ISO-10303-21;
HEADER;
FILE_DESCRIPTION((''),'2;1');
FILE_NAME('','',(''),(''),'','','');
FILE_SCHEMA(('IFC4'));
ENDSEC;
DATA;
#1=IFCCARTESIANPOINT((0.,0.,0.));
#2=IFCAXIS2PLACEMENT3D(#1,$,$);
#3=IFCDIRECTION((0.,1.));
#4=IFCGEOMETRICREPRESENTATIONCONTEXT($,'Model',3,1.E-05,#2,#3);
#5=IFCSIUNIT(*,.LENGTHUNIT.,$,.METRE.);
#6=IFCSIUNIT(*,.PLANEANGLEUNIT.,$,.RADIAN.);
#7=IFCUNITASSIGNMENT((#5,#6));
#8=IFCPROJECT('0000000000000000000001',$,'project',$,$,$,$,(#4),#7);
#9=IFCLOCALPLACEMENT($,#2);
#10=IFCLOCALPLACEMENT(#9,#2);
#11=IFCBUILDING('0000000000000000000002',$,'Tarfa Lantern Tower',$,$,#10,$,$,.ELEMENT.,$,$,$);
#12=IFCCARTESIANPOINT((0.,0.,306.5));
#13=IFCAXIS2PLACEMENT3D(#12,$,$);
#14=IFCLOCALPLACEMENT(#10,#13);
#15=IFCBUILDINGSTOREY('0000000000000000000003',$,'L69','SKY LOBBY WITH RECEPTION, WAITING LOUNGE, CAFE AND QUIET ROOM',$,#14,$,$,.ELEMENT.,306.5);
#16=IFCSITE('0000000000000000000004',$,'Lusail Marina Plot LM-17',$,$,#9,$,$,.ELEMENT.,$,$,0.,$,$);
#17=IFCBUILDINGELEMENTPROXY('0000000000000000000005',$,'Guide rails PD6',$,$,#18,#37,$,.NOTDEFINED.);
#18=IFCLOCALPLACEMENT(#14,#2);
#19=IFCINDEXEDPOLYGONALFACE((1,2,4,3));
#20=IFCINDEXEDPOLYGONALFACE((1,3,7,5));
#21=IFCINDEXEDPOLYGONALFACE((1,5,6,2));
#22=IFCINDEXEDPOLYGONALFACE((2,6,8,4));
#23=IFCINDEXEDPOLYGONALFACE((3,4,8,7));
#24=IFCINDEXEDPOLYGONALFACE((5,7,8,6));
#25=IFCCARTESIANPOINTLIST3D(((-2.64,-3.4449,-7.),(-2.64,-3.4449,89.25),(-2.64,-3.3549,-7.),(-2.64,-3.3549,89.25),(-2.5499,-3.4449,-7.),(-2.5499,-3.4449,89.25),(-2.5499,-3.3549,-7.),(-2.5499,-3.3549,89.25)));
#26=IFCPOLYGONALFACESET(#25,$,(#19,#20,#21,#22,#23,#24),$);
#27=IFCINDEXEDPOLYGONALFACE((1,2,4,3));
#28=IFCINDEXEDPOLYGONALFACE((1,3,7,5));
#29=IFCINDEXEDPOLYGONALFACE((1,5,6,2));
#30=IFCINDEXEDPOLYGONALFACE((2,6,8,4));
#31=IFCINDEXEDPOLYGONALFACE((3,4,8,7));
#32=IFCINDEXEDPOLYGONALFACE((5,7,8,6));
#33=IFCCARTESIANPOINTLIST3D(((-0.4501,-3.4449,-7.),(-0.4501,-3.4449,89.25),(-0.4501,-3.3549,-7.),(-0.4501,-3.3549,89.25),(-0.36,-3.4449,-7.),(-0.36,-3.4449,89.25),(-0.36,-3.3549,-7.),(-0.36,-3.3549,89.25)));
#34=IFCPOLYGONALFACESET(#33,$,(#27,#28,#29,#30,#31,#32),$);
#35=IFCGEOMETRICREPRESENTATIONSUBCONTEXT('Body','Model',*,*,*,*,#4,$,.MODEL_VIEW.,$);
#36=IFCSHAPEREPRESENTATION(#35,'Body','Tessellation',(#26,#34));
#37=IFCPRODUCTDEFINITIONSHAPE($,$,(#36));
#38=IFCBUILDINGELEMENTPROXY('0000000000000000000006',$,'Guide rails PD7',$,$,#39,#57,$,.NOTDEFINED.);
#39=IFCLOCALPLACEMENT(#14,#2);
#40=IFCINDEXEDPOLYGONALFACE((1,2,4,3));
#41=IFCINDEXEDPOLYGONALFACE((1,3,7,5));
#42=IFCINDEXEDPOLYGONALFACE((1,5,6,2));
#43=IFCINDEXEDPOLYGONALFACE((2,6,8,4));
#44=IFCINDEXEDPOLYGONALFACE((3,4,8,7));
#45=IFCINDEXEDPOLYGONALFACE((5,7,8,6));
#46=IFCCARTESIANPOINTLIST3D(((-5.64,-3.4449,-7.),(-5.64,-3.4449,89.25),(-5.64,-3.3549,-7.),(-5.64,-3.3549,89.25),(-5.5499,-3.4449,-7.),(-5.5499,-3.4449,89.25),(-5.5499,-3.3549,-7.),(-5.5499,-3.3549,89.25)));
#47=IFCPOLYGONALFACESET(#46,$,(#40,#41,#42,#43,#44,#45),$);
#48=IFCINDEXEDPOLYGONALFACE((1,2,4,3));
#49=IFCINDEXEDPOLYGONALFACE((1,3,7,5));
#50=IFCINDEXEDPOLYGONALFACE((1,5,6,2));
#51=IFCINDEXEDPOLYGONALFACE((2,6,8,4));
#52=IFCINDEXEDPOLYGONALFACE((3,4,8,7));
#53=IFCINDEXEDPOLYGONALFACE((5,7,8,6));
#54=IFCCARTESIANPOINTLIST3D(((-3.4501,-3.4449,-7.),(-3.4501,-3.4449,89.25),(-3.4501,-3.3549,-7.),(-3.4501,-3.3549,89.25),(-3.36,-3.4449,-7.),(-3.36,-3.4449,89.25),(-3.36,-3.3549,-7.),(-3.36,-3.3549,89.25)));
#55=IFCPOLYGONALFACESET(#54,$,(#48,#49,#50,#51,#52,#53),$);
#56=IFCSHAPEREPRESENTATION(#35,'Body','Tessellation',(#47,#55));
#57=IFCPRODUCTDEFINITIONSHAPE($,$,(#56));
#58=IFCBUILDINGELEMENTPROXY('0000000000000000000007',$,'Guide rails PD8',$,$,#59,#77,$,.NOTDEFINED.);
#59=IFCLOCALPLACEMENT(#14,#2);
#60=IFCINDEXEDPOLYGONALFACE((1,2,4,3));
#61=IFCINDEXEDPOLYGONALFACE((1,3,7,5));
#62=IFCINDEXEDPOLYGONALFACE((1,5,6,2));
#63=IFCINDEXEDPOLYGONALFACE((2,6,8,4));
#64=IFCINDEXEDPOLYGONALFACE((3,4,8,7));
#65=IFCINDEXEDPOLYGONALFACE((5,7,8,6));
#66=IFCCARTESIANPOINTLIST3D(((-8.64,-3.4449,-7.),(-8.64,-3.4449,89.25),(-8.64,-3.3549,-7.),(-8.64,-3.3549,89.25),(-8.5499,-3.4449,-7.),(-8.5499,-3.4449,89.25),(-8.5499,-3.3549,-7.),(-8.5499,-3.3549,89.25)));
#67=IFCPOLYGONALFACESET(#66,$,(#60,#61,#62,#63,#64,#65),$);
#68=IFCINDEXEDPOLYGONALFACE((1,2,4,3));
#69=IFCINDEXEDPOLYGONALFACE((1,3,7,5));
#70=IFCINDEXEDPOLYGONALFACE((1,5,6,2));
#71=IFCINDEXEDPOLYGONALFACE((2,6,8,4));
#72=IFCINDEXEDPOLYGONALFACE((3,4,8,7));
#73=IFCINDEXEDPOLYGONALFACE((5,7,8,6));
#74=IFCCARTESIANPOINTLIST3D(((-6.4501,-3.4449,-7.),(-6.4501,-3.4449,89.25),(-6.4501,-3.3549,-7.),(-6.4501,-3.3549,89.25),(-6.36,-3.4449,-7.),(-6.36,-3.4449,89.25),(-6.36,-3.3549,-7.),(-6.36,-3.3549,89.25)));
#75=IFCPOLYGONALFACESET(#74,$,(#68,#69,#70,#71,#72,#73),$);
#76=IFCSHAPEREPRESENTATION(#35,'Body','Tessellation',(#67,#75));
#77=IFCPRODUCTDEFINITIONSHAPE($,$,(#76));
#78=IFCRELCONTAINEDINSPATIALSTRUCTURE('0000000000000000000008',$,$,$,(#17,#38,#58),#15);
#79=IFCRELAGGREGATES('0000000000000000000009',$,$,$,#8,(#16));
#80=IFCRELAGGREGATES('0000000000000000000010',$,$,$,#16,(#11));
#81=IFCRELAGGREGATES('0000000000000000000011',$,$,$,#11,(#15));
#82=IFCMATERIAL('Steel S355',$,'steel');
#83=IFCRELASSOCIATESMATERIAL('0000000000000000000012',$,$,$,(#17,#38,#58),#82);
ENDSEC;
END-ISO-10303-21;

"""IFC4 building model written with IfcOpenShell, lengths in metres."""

from ifc_helpers import new_model, si_unit, direction, frame, frame_2d, origin, origin_2d, place, context, subcontext, project, spatial, rectangle, extrude, material, element, save


model = new_model("IFC4")

# Units and contexts
model_context = context("Model", 3, precision=1e-05, world=origin(), true_north=direction((0.0, 1.0)))
body_context = subcontext(model_context, "Body", "Model", "MODEL_VIEW")
ifc_project = project(units=[si_unit("LENGTHUNIT", "METRE"), si_unit("PLANEANGLEUNIT", "RADIAN")], contexts=[model_context])

# Site, building, storey
site_placement = place(None, origin())
site = spatial("IfcSite", under=ifc_project, at=site_placement, Name="Lusail Marina Plot LM-17", CompositionType="ELEMENT", RefElevation=0.0)
building_placement = place(site_placement, origin())
building = spatial("IfcBuilding", under=site, at=building_placement, Name="Tarfa Lantern Tower", CompositionType="ELEMENT")
storey_placement = place(building_placement, frame((0.0, 0.0, 306.5)))
storey = spatial("IfcBuildingStorey", under=building, at=storey_placement, Name="L69", Description="SKY LOBBY WITH RECEPTION, WAITING LOUNGE, CAFE AND QUIET ROOM", CompositionType="ELEMENT", Elevation=306.5)

# Building element proxies
ifc_material_1 = material(Name="Steel S355", Category="steel")
for number, where, z_axis, x_axis, name in (
    (1, (-2.595, -3.3999, -7.0), (0.0, 0.0, 1.0), (1.0, 0.0, 0.0), "Guide rails PD6"),
    (2, (-5.595, -3.3999, -7.0), (0.0, 0.0, 1.0), (1.0, 0.0, 0.0), "Guide rails PD7"),
    (3, (-8.595, -3.3999, -7.0), (0.0, 0.0, 1.0), (1.0, 0.0, 0.0), "Guide rails PD8"),
):
    element("IfcBuildingElementProxy", number, at=place(storey_placement, frame(where, z_axis=z_axis, x_axis=x_axis)), inside=storey, material=ifc_material_1, Name=name, PredefinedType="NOTDEFINED", context=body_context, shape_type="SweptSolid", body=[
        extrude(rectangle(XDim=0.0901, YDim=0.0901, at=origin_2d()), origin(), (0.0, 0.0, 1.0), 96.25),
        extrude(rectangle(XDim=0.0901, YDim=0.0901, at=frame_2d((2.1899, 0.0))), origin(), (0.0, 0.0, 1.0), 96.25),
    ])

save(model, "model.ifc")
